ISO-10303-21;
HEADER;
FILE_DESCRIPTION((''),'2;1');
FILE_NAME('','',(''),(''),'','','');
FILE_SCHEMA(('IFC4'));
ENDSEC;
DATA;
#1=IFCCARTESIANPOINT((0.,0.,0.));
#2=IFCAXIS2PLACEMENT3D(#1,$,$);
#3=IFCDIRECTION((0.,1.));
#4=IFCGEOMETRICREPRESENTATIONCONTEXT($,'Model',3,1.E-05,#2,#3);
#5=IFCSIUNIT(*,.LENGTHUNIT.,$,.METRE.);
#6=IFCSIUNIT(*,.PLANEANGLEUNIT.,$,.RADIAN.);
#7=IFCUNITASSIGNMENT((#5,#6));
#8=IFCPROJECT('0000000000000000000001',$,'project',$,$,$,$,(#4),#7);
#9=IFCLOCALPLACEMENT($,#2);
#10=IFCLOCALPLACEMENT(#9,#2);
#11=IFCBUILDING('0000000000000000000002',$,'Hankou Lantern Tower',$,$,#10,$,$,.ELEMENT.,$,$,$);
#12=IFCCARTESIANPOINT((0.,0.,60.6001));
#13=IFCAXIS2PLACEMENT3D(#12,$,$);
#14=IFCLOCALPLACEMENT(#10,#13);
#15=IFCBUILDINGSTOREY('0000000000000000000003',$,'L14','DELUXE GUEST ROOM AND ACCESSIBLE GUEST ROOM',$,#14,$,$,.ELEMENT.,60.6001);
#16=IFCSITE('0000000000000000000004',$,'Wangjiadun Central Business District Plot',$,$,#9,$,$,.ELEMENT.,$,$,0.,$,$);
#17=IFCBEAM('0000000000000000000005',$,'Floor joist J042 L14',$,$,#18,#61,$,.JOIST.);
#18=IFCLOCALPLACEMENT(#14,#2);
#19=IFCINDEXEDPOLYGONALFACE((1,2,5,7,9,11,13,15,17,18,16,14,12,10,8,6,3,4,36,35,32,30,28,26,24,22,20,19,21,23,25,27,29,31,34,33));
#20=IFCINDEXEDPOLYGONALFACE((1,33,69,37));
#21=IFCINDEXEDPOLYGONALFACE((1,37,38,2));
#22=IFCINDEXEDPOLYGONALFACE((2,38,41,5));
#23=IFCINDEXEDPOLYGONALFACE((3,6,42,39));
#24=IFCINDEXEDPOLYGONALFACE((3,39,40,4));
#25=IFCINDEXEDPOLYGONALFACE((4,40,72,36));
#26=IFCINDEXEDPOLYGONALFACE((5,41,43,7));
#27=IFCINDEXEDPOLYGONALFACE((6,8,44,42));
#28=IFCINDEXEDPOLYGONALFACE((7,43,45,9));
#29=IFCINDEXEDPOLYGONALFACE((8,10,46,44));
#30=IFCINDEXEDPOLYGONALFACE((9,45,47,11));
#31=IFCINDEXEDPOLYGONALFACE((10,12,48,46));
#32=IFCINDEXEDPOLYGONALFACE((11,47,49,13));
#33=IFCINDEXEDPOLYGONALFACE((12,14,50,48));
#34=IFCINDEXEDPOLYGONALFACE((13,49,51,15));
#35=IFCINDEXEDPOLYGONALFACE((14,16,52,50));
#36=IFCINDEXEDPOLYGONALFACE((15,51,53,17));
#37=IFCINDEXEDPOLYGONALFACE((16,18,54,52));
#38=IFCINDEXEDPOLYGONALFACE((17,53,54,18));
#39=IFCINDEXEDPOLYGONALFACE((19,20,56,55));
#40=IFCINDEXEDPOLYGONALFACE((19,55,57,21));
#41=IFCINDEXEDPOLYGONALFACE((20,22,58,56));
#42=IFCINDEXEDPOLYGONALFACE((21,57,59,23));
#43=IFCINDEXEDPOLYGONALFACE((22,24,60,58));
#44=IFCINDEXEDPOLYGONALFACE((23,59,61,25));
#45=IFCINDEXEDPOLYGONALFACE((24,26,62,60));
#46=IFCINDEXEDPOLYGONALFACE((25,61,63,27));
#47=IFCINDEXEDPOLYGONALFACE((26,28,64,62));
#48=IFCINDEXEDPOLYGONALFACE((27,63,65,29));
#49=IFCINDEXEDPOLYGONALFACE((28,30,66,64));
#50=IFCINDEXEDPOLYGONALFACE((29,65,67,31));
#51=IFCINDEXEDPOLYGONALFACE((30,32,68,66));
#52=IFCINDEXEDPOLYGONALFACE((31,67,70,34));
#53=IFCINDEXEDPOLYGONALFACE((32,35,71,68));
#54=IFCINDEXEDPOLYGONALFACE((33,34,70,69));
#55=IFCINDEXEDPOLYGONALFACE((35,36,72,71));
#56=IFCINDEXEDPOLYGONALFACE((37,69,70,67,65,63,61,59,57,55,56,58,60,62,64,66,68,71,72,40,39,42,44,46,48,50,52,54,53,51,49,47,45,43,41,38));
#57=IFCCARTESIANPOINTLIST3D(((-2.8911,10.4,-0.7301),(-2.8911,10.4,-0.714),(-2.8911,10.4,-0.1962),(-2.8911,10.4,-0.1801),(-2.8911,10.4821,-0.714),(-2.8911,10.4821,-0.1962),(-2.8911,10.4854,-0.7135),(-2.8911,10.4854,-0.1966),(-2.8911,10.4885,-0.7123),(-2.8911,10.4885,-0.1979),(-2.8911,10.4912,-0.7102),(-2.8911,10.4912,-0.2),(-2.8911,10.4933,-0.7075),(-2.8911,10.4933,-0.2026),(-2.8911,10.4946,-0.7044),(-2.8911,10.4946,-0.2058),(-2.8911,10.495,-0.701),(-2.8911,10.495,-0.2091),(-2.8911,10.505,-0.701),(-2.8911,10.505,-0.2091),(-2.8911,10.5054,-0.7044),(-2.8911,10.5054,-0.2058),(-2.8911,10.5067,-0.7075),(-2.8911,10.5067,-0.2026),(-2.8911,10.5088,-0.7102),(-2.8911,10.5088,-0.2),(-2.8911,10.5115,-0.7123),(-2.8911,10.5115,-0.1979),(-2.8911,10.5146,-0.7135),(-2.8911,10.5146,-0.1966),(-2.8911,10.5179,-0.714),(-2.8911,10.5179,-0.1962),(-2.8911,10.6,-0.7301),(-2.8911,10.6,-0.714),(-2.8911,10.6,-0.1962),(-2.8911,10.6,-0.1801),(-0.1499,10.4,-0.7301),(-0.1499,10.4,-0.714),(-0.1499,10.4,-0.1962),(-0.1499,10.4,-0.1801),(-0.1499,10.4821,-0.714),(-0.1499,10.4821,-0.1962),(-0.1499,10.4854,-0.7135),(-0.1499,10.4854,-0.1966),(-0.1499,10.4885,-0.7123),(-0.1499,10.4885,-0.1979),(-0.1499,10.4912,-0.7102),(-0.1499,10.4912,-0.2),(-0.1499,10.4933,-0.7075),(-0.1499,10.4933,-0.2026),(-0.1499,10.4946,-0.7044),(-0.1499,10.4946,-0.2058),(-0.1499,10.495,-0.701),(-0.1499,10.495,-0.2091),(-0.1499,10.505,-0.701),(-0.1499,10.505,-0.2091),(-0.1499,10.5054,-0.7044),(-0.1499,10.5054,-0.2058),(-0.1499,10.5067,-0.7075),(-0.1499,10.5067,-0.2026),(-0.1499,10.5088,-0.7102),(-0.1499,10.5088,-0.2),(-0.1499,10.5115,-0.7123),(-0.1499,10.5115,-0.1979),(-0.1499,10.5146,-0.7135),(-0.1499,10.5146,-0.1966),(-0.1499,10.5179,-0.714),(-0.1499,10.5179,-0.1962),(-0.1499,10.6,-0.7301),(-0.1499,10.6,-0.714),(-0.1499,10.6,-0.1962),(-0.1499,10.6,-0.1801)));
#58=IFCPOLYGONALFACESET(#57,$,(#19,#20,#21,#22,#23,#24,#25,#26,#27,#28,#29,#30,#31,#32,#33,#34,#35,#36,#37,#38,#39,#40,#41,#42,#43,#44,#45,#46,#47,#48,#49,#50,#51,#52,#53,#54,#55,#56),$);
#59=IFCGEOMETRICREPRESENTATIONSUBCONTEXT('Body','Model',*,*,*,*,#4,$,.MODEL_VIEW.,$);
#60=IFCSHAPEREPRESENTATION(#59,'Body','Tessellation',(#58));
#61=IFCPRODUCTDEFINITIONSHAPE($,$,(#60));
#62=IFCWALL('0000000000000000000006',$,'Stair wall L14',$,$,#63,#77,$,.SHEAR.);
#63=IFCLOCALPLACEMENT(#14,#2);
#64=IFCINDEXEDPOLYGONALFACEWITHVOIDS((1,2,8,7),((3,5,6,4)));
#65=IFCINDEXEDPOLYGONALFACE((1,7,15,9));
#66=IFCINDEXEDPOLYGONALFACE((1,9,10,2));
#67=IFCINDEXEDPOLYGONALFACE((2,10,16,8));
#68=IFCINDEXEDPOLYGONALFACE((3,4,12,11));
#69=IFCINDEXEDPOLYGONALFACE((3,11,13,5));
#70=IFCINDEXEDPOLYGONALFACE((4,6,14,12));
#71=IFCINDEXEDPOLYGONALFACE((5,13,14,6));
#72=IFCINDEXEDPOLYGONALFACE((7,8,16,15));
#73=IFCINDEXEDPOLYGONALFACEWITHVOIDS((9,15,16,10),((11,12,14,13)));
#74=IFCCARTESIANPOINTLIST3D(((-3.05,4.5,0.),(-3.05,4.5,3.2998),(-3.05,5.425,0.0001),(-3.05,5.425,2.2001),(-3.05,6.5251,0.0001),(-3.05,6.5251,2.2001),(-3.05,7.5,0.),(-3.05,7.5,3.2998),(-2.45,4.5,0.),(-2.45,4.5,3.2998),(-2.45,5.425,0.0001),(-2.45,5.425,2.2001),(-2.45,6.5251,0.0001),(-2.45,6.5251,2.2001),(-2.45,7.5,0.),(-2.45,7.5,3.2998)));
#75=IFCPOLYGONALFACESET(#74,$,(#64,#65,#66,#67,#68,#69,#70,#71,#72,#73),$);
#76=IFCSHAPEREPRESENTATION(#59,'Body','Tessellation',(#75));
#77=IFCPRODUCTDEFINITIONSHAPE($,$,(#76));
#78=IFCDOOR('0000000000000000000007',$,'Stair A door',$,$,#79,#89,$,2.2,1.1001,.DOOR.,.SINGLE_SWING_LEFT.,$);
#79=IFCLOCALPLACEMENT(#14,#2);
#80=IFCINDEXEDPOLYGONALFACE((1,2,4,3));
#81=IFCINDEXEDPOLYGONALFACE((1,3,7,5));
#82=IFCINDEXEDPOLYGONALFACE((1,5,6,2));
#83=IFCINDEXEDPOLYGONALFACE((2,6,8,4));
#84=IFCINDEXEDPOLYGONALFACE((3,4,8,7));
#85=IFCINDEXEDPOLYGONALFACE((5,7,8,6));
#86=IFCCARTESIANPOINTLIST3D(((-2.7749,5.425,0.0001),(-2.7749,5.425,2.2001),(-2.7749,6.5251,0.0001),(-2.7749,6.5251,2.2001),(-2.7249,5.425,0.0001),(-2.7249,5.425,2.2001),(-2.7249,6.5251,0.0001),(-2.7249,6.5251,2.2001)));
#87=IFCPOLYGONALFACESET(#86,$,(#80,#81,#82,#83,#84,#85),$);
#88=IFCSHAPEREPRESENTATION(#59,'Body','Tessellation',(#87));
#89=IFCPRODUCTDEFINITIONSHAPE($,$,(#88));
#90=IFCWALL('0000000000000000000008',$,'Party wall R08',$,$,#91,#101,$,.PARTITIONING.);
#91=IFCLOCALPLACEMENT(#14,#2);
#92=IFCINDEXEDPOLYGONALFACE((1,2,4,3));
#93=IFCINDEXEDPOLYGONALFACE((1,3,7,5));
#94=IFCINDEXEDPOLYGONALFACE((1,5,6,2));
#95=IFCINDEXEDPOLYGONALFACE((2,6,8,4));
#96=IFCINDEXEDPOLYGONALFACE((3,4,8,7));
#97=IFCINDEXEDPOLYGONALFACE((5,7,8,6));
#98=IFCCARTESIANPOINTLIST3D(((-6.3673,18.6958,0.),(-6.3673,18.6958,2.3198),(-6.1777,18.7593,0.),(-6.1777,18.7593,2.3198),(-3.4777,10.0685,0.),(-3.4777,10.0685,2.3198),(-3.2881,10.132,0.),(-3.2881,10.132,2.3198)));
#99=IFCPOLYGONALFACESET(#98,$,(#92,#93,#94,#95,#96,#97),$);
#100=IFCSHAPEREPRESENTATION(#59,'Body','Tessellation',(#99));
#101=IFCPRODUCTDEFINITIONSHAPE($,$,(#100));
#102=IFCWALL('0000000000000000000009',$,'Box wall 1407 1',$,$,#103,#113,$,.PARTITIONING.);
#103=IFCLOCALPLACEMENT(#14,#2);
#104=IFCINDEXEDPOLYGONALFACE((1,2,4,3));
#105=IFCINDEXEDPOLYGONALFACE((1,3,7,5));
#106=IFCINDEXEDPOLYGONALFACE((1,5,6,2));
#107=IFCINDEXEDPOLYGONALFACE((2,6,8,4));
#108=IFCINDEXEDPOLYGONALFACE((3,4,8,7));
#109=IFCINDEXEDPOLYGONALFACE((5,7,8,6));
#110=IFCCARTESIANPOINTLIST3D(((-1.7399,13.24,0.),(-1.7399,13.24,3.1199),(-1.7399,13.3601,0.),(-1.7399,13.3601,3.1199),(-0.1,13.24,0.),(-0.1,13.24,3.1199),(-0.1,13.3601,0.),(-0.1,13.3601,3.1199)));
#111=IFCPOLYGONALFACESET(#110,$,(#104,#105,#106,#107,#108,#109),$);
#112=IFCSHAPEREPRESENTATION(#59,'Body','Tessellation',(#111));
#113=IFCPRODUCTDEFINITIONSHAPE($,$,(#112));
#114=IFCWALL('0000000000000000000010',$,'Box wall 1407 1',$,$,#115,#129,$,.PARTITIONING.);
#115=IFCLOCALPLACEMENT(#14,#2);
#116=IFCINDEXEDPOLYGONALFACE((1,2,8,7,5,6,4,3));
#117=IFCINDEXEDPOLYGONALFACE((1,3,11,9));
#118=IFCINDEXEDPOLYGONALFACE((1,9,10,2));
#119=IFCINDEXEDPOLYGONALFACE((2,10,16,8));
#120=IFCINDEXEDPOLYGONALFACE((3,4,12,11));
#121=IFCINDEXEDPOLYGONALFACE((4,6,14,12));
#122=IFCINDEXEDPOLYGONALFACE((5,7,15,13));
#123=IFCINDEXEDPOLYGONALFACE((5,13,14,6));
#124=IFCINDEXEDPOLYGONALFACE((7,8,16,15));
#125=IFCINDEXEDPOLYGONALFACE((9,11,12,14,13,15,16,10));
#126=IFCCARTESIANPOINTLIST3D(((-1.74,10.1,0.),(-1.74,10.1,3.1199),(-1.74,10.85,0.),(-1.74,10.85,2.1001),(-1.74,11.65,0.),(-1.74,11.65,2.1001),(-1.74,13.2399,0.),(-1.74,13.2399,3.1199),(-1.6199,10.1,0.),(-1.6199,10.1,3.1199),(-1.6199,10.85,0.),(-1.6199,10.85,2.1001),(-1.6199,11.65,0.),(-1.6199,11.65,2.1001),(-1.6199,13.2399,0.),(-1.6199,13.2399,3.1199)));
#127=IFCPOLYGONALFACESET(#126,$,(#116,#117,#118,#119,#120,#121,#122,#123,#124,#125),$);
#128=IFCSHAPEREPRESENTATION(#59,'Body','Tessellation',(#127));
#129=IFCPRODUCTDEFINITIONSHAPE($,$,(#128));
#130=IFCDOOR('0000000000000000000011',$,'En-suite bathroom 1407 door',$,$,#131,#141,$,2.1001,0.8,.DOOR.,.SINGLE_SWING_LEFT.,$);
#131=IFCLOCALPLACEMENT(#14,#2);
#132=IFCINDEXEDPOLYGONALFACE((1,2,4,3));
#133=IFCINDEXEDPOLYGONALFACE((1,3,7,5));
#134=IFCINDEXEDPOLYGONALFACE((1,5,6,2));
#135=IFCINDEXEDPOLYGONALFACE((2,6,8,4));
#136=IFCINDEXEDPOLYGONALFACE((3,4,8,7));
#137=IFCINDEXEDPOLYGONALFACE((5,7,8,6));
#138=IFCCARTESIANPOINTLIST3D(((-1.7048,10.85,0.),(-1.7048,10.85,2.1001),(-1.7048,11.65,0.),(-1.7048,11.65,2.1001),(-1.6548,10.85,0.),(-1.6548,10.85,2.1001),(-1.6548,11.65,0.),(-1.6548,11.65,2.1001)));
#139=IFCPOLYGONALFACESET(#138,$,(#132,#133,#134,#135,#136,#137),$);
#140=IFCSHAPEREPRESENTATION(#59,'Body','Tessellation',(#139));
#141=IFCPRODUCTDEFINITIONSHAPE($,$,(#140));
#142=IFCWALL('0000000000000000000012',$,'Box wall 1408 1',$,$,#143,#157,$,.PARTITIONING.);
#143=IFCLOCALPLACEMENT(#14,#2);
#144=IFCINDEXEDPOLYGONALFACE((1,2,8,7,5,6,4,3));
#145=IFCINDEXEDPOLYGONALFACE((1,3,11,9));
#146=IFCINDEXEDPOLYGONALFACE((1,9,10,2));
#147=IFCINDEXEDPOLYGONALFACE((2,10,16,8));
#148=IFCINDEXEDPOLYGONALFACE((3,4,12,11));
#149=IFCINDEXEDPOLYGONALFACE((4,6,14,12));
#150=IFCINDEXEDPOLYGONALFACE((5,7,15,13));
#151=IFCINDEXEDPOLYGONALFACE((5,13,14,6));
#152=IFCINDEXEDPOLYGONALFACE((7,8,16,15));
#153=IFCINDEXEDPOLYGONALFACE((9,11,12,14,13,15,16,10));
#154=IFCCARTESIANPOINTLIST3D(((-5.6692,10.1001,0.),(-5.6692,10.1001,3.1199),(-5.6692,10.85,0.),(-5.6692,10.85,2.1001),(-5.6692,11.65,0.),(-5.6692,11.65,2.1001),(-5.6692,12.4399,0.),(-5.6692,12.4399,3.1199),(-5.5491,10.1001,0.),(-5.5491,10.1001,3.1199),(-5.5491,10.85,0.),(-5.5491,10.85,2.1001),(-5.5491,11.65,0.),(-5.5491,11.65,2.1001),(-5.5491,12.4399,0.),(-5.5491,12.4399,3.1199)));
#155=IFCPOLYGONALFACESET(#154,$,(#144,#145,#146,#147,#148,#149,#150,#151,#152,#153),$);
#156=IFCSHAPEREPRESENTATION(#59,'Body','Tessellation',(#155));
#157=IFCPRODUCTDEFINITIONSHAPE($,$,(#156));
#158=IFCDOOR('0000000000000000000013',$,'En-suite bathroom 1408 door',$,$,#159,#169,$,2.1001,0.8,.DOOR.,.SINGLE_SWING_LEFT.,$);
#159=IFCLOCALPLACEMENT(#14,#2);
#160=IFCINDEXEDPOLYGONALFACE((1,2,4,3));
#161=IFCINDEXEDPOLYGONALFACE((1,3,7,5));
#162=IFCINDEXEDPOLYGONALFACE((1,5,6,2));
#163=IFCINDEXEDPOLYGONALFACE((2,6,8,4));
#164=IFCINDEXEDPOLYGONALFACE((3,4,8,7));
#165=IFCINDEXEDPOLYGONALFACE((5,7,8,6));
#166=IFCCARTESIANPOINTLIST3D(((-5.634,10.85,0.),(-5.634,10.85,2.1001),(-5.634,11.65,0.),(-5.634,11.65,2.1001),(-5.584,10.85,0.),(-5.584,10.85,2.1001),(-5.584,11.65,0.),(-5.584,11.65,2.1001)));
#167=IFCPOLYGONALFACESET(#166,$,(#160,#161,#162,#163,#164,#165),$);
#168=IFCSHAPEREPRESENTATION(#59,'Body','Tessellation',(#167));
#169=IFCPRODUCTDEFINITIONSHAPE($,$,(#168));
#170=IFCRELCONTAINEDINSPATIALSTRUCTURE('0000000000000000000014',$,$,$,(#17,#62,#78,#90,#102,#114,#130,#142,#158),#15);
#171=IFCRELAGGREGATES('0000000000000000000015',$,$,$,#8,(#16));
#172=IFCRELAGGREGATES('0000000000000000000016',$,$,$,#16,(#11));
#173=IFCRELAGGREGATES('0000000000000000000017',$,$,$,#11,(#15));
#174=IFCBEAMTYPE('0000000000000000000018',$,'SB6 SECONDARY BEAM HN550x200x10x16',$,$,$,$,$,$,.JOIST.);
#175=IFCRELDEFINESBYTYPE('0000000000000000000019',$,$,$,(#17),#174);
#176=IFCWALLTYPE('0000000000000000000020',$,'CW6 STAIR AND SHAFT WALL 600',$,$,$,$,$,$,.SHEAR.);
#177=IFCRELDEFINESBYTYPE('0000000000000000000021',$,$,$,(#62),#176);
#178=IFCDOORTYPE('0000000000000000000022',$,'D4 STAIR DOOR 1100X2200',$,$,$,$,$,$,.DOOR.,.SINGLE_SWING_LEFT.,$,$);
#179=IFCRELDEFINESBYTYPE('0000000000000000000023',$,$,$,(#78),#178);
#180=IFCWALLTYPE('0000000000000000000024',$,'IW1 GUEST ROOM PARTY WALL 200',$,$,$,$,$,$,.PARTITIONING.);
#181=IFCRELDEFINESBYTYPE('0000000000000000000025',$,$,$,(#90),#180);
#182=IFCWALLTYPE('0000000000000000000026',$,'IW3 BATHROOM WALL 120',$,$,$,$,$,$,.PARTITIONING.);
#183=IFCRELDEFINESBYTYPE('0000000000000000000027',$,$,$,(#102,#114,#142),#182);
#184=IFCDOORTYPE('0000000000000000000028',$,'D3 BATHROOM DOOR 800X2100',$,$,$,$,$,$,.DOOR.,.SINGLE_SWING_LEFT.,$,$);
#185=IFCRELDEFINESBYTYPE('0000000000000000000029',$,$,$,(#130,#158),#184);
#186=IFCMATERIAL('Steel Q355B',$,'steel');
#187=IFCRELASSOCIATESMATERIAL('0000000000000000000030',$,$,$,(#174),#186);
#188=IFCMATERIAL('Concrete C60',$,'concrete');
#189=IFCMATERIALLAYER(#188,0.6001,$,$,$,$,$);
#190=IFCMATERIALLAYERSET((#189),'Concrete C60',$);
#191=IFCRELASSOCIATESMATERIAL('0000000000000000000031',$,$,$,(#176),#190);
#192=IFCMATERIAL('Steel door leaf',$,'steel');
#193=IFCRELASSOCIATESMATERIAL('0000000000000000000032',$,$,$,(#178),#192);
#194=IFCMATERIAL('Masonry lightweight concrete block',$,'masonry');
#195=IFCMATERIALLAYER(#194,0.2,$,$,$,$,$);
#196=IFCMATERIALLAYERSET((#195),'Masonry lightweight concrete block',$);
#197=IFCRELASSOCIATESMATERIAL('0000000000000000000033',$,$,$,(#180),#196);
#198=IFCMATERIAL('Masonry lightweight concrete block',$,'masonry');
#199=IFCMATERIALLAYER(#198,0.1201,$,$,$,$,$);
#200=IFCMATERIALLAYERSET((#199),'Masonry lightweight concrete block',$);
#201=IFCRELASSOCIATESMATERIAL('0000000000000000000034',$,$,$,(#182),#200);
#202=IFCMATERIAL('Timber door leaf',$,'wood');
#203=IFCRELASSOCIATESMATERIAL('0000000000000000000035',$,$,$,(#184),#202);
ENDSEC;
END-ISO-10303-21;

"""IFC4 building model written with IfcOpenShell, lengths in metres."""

from ifc_helpers import new_model, si_unit, direction, frame, frame_2d, origin, origin_2d, place, context, subcontext, project, spatial, rectangle, i_section, extrude, material, layer, layer_set, material_profile, profile_set, type_object, element, fill, save


model = new_model("IFC4")

# Units and contexts
model_context = context("Model", 3, precision=1e-05, world=origin(), true_north=direction((0.0, 1.0)))
body_context = subcontext(model_context, "Body", "Model", "MODEL_VIEW")
ifc_project = project(units=[si_unit("LENGTHUNIT", "METRE"), si_unit("PLANEANGLEUNIT", "RADIAN")], contexts=[model_context])

# Site, building, storey
site_placement = place(None, origin())
site = spatial("IfcSite", under=ifc_project, at=site_placement, Name="Wangjiadun Central Business District Plot", CompositionType="ELEMENT", RefElevation=0.0)
building_placement = place(site_placement, origin())
building = spatial("IfcBuilding", under=site, at=building_placement, Name="Hankou Lantern Tower", CompositionType="ELEMENT")
storey_placement = place(building_placement, frame((0.0, 0.0, 60.6001)))
storey = spatial("IfcBuildingStorey", under=building, at=storey_placement, Name="L14", Description="DELUXE GUEST ROOM AND ACCESSIBLE GUEST ROOM", CompositionType="ELEMENT", Elevation=60.6001)

# Beam
ifc_material_1 = material(Name="Steel Q355B", Category="steel")
ifc_material_profile_1 = material_profile(ifc_material_1, i_section(OverallWidth=0.2, OverallDepth=0.55, WebThickness=0.01, FlangeThickness=0.0161, FilletRadius=0.0129, at=origin_2d()), Name="HN550x200x10x16")
ifc_profile_set_1 = profile_set([ifc_material_profile_1], Name="Steel Q355B")
beam_type_1 = type_object("IfcBeamType", Name="SB6 SECONDARY BEAM HN550x200x10x16", PredefinedType="JOIST", material=ifc_profile_set_1)
beam_1_placement = place(storey_placement, frame((-2.8911, 10.5, -0.4551), z_axis=(1.0, 0.0, 0.0), x_axis=(0.0, 1.0, 0.0)))
element("IfcBeam", 1, at=beam_1_placement, inside=storey, type_object=beam_type_1, Name="Floor joist J042 L14", PredefinedType="JOIST", context=body_context, shape_type="SweptSolid", body=[
    extrude(i_section(OverallWidth=0.2, OverallDepth=0.55, WebThickness=0.01, FlangeThickness=0.0161, FilletRadius=0.0129, at=origin_2d()), origin(), (0.0, 0.0, 1.0), 2.7412),
])

# Wall, opening, door
ifc_material_2 = material(Name="Concrete C60", Category="concrete")
ifc_layer_1 = layer(ifc_material_2, 0.6001)
ifc_layer_set_1 = layer_set([ifc_layer_1], Name="Concrete C60")
wall_type_1 = type_object("IfcWallType", Name="CW6 STAIR AND SHAFT WALL 600", PredefinedType="SHEAR", material=ifc_layer_set_1)
wall_1_placement = place(storey_placement, frame((-2.75, 4.5, 0.0), z_axis=(0.0, 0.0, 1.0), x_axis=(0.0, 1.0, 0.0)))
wall_1 = element("IfcWall", 2, at=wall_1_placement, inside=storey, type_object=wall_type_1, Name="Stair wall L14", PredefinedType="SHEAR", context=body_context, shape_type="SweptSolid", body=[
    extrude(rectangle(XDim=3.0, YDim=0.6001, at=frame_2d((1.5, 0.0))), origin(), (0.0, 0.0, 1.0), 3.2998),
])
opening_1_placement = place(wall_1_placement, frame((0.925, 0.0, 0.0)))
opening_1 = element("IfcOpeningElement", 3, at=opening_1_placement, cuts=wall_1, PredefinedType="OPENING", context=body_context, shape_type="SweptSolid", body=[
    extrude(rectangle(XDim=1.1001, YDim=2.2, at=frame_2d((0.55, 1.1001))), frame((0.0, 0.3101, 0.0), z_axis=(0.0, -1.0, 0.0), x_axis=(1.0, 0.0, 0.0)), (0.0, 0.0, 1.0), 0.6201),
])
ifc_material_3 = material(Name="Steel door leaf", Category="steel")
door_type_1 = type_object("IfcDoorType", Name="D4 STAIR DOOR 1100X2200", OperationType="SINGLE_SWING_LEFT", PredefinedType="DOOR", material=ifc_material_3)
door_1_placement = place(opening_1_placement, origin())
door_1 = element("IfcDoor", 4, at=door_1_placement, inside=storey, type_object=door_type_1, Name="Stair A door", OperationType="SINGLE_SWING_LEFT", OverallHeight=2.2, OverallWidth=1.1001, PredefinedType="DOOR", context=body_context, shape_type="SweptSolid", body=[
    extrude(rectangle(XDim=1.1001, YDim=2.2, at=frame_2d((0.55, 1.1001))), frame((0.0, 0.0249, 0.0), z_axis=(0.0, -1.0, 0.0), x_axis=(1.0, 0.0, 0.0)), (0.0, 0.0, 1.0), 0.05),
])
fill(opening_1, door_1)

# Walls
ifc_material_4 = material(Name="Masonry lightweight concrete block", Category="masonry")
ifc_layer_2 = layer(ifc_material_4, 0.2)
ifc_layer_set_2 = layer_set([ifc_layer_2], Name="Masonry lightweight concrete block")
wall_type_2 = type_object("IfcWallType", Name="IW1 GUEST ROOM PARTY WALL 200", PredefinedType="PARTITIONING", material=ifc_layer_set_2)
wall_2_placement = place(storey_placement, frame((-3.3828, 10.1001, 0.0), z_axis=(0.0, 0.0, 1.0), x_axis=(-0.317596, 0.948226, 0.0)))
element("IfcWall", 5, at=wall_2_placement, inside=storey, type_object=wall_type_2, Name="Party wall R08", PredefinedType="PARTITIONING", context=body_context, shape_type="SweptSolid", body=[
    extrude(rectangle(XDim=9.0984, YDim=0.2, at=frame_2d((4.5493, 0.0))), origin(), (0.0, 0.0, 1.0), 2.3198),
])
ifc_material_5 = material(Name="Masonry lightweight concrete block", Category="masonry")
ifc_layer_3 = layer(ifc_material_5, 0.1201)
ifc_layer_set_3 = layer_set([ifc_layer_3], Name="Masonry lightweight concrete block")
wall_type_3 = type_object("IfcWallType", Name="IW3 BATHROOM WALL 120", PredefinedType="PARTITIONING", material=ifc_layer_set_3)
wall_3_placement = place(storey_placement, frame((-0.1001, 13.3, 0.0), z_axis=(0.0, 0.0, 1.0), x_axis=(-1.0, 0.0, 0.0)))
element("IfcWall", 6, at=wall_3_placement, inside=storey, type_object=wall_type_3, Name="Box wall 1407 1", PredefinedType="PARTITIONING", context=body_context, shape_type="SweptSolid", body=[
    extrude(rectangle(XDim=1.6399, YDim=0.1201, at=frame_2d((0.8198, 0.0))), origin(), (0.0, 0.0, 1.0), 3.1199),
])

# Walls, openings, doors
wall_4_placement = place(storey_placement, frame((-1.6799, 10.1001, 0.0), z_axis=(0.0, 0.0, 1.0), x_axis=(0.0, 1.0, 0.0)))
wall_4 = element("IfcWall", 7, at=wall_4_placement, inside=storey, type_object=wall_type_3, Name="Box wall 1407 1", PredefinedType="PARTITIONING", context=body_context, shape_type="SweptSolid", body=[
    extrude(rectangle(XDim=3.1399, YDim=0.1201, at=frame_2d((1.5698, 0.0))), origin(), (0.0, 0.0, 1.0), 3.1199),
])
opening_2_placement = place(wall_4_placement, frame((0.75, 0.0, 0.0)))
opening_2 = element("IfcOpeningElement", 8, at=opening_2_placement, cuts=wall_4, PredefinedType="OPENING", context=body_context, shape_type="SweptSolid", body=[
    extrude(rectangle(XDim=0.8, YDim=2.1001, at=frame_2d((0.3999, 1.05))), frame((0.0, 0.0701, 0.0), z_axis=(0.0, -1.0, 0.0), x_axis=(1.0, 0.0, 0.0)), (0.0, 0.0, 1.0), 0.1401),
])
ifc_material_6 = material(Name="Timber door leaf", Category="wood")
door_type_2 = type_object("IfcDoorType", Name="D3 BATHROOM DOOR 800X2100", OperationType="SINGLE_SWING_LEFT", PredefinedType="DOOR", material=ifc_material_6)
door_2_placement = place(opening_2_placement, origin())
door_2 = element("IfcDoor", 9, at=door_2_placement, inside=storey, type_object=door_type_2, Name="En-suite bathroom 1407 door", OperationType="SINGLE_SWING_LEFT", OverallHeight=2.1001, OverallWidth=0.8, PredefinedType="DOOR", context=body_context, shape_type="SweptSolid", body=[
    extrude(rectangle(XDim=0.8, YDim=2.1001, at=frame_2d((0.3999, 1.05))), frame((0.0, 0.0249, 0.0), z_axis=(0.0, -1.0, 0.0), x_axis=(1.0, 0.0, 0.0)), (0.0, 0.0, 1.0), 0.05),
])
fill(opening_2, door_2)
wall_5_placement = place(storey_placement, frame((-5.6091, 10.1001, 0.0), z_axis=(0.0, 0.0, 1.0), x_axis=(0.0, 1.0, 0.0)))
wall_5 = element("IfcWall", 10, at=wall_5_placement, inside=storey, type_object=wall_type_3, Name="Box wall 1408 1", PredefinedType="PARTITIONING", context=body_context, shape_type="SweptSolid", body=[
    extrude(rectangle(XDim=2.3398, YDim=0.1201, at=frame_2d((1.1699, 0.0))), origin(), (0.0, 0.0, 1.0), 3.1199),
])
opening_3_placement = place(wall_5_placement, frame((0.75, 0.0, 0.0)))
opening_3 = element("IfcOpeningElement", 11, at=opening_3_placement, cuts=wall_5, PredefinedType="OPENING", context=body_context, shape_type="SweptSolid", body=[
    extrude(rectangle(XDim=0.8, YDim=2.1001, at=frame_2d((0.3999, 1.05))), frame((0.0, 0.0701, 0.0), z_axis=(0.0, -1.0, 0.0), x_axis=(1.0, 0.0, 0.0)), (0.0, 0.0, 1.0), 0.1401),
])
door_3_placement = place(opening_3_placement, origin())
door_3 = element("IfcDoor", 12, at=door_3_placement, inside=storey, type_object=door_type_2, Name="En-suite bathroom 1408 door", OperationType="SINGLE_SWING_LEFT", OverallHeight=2.1001, OverallWidth=0.8, PredefinedType="DOOR", context=body_context, shape_type="SweptSolid", body=[
    extrude(rectangle(XDim=0.8, YDim=2.1001, at=frame_2d((0.3999, 1.05))), frame((0.0, 0.0249, 0.0), z_axis=(0.0, -1.0, 0.0), x_axis=(1.0, 0.0, 0.0)), (0.0, 0.0, 1.0), 0.05),
])
fill(opening_3, door_3)

save(model, "model.ifc")
